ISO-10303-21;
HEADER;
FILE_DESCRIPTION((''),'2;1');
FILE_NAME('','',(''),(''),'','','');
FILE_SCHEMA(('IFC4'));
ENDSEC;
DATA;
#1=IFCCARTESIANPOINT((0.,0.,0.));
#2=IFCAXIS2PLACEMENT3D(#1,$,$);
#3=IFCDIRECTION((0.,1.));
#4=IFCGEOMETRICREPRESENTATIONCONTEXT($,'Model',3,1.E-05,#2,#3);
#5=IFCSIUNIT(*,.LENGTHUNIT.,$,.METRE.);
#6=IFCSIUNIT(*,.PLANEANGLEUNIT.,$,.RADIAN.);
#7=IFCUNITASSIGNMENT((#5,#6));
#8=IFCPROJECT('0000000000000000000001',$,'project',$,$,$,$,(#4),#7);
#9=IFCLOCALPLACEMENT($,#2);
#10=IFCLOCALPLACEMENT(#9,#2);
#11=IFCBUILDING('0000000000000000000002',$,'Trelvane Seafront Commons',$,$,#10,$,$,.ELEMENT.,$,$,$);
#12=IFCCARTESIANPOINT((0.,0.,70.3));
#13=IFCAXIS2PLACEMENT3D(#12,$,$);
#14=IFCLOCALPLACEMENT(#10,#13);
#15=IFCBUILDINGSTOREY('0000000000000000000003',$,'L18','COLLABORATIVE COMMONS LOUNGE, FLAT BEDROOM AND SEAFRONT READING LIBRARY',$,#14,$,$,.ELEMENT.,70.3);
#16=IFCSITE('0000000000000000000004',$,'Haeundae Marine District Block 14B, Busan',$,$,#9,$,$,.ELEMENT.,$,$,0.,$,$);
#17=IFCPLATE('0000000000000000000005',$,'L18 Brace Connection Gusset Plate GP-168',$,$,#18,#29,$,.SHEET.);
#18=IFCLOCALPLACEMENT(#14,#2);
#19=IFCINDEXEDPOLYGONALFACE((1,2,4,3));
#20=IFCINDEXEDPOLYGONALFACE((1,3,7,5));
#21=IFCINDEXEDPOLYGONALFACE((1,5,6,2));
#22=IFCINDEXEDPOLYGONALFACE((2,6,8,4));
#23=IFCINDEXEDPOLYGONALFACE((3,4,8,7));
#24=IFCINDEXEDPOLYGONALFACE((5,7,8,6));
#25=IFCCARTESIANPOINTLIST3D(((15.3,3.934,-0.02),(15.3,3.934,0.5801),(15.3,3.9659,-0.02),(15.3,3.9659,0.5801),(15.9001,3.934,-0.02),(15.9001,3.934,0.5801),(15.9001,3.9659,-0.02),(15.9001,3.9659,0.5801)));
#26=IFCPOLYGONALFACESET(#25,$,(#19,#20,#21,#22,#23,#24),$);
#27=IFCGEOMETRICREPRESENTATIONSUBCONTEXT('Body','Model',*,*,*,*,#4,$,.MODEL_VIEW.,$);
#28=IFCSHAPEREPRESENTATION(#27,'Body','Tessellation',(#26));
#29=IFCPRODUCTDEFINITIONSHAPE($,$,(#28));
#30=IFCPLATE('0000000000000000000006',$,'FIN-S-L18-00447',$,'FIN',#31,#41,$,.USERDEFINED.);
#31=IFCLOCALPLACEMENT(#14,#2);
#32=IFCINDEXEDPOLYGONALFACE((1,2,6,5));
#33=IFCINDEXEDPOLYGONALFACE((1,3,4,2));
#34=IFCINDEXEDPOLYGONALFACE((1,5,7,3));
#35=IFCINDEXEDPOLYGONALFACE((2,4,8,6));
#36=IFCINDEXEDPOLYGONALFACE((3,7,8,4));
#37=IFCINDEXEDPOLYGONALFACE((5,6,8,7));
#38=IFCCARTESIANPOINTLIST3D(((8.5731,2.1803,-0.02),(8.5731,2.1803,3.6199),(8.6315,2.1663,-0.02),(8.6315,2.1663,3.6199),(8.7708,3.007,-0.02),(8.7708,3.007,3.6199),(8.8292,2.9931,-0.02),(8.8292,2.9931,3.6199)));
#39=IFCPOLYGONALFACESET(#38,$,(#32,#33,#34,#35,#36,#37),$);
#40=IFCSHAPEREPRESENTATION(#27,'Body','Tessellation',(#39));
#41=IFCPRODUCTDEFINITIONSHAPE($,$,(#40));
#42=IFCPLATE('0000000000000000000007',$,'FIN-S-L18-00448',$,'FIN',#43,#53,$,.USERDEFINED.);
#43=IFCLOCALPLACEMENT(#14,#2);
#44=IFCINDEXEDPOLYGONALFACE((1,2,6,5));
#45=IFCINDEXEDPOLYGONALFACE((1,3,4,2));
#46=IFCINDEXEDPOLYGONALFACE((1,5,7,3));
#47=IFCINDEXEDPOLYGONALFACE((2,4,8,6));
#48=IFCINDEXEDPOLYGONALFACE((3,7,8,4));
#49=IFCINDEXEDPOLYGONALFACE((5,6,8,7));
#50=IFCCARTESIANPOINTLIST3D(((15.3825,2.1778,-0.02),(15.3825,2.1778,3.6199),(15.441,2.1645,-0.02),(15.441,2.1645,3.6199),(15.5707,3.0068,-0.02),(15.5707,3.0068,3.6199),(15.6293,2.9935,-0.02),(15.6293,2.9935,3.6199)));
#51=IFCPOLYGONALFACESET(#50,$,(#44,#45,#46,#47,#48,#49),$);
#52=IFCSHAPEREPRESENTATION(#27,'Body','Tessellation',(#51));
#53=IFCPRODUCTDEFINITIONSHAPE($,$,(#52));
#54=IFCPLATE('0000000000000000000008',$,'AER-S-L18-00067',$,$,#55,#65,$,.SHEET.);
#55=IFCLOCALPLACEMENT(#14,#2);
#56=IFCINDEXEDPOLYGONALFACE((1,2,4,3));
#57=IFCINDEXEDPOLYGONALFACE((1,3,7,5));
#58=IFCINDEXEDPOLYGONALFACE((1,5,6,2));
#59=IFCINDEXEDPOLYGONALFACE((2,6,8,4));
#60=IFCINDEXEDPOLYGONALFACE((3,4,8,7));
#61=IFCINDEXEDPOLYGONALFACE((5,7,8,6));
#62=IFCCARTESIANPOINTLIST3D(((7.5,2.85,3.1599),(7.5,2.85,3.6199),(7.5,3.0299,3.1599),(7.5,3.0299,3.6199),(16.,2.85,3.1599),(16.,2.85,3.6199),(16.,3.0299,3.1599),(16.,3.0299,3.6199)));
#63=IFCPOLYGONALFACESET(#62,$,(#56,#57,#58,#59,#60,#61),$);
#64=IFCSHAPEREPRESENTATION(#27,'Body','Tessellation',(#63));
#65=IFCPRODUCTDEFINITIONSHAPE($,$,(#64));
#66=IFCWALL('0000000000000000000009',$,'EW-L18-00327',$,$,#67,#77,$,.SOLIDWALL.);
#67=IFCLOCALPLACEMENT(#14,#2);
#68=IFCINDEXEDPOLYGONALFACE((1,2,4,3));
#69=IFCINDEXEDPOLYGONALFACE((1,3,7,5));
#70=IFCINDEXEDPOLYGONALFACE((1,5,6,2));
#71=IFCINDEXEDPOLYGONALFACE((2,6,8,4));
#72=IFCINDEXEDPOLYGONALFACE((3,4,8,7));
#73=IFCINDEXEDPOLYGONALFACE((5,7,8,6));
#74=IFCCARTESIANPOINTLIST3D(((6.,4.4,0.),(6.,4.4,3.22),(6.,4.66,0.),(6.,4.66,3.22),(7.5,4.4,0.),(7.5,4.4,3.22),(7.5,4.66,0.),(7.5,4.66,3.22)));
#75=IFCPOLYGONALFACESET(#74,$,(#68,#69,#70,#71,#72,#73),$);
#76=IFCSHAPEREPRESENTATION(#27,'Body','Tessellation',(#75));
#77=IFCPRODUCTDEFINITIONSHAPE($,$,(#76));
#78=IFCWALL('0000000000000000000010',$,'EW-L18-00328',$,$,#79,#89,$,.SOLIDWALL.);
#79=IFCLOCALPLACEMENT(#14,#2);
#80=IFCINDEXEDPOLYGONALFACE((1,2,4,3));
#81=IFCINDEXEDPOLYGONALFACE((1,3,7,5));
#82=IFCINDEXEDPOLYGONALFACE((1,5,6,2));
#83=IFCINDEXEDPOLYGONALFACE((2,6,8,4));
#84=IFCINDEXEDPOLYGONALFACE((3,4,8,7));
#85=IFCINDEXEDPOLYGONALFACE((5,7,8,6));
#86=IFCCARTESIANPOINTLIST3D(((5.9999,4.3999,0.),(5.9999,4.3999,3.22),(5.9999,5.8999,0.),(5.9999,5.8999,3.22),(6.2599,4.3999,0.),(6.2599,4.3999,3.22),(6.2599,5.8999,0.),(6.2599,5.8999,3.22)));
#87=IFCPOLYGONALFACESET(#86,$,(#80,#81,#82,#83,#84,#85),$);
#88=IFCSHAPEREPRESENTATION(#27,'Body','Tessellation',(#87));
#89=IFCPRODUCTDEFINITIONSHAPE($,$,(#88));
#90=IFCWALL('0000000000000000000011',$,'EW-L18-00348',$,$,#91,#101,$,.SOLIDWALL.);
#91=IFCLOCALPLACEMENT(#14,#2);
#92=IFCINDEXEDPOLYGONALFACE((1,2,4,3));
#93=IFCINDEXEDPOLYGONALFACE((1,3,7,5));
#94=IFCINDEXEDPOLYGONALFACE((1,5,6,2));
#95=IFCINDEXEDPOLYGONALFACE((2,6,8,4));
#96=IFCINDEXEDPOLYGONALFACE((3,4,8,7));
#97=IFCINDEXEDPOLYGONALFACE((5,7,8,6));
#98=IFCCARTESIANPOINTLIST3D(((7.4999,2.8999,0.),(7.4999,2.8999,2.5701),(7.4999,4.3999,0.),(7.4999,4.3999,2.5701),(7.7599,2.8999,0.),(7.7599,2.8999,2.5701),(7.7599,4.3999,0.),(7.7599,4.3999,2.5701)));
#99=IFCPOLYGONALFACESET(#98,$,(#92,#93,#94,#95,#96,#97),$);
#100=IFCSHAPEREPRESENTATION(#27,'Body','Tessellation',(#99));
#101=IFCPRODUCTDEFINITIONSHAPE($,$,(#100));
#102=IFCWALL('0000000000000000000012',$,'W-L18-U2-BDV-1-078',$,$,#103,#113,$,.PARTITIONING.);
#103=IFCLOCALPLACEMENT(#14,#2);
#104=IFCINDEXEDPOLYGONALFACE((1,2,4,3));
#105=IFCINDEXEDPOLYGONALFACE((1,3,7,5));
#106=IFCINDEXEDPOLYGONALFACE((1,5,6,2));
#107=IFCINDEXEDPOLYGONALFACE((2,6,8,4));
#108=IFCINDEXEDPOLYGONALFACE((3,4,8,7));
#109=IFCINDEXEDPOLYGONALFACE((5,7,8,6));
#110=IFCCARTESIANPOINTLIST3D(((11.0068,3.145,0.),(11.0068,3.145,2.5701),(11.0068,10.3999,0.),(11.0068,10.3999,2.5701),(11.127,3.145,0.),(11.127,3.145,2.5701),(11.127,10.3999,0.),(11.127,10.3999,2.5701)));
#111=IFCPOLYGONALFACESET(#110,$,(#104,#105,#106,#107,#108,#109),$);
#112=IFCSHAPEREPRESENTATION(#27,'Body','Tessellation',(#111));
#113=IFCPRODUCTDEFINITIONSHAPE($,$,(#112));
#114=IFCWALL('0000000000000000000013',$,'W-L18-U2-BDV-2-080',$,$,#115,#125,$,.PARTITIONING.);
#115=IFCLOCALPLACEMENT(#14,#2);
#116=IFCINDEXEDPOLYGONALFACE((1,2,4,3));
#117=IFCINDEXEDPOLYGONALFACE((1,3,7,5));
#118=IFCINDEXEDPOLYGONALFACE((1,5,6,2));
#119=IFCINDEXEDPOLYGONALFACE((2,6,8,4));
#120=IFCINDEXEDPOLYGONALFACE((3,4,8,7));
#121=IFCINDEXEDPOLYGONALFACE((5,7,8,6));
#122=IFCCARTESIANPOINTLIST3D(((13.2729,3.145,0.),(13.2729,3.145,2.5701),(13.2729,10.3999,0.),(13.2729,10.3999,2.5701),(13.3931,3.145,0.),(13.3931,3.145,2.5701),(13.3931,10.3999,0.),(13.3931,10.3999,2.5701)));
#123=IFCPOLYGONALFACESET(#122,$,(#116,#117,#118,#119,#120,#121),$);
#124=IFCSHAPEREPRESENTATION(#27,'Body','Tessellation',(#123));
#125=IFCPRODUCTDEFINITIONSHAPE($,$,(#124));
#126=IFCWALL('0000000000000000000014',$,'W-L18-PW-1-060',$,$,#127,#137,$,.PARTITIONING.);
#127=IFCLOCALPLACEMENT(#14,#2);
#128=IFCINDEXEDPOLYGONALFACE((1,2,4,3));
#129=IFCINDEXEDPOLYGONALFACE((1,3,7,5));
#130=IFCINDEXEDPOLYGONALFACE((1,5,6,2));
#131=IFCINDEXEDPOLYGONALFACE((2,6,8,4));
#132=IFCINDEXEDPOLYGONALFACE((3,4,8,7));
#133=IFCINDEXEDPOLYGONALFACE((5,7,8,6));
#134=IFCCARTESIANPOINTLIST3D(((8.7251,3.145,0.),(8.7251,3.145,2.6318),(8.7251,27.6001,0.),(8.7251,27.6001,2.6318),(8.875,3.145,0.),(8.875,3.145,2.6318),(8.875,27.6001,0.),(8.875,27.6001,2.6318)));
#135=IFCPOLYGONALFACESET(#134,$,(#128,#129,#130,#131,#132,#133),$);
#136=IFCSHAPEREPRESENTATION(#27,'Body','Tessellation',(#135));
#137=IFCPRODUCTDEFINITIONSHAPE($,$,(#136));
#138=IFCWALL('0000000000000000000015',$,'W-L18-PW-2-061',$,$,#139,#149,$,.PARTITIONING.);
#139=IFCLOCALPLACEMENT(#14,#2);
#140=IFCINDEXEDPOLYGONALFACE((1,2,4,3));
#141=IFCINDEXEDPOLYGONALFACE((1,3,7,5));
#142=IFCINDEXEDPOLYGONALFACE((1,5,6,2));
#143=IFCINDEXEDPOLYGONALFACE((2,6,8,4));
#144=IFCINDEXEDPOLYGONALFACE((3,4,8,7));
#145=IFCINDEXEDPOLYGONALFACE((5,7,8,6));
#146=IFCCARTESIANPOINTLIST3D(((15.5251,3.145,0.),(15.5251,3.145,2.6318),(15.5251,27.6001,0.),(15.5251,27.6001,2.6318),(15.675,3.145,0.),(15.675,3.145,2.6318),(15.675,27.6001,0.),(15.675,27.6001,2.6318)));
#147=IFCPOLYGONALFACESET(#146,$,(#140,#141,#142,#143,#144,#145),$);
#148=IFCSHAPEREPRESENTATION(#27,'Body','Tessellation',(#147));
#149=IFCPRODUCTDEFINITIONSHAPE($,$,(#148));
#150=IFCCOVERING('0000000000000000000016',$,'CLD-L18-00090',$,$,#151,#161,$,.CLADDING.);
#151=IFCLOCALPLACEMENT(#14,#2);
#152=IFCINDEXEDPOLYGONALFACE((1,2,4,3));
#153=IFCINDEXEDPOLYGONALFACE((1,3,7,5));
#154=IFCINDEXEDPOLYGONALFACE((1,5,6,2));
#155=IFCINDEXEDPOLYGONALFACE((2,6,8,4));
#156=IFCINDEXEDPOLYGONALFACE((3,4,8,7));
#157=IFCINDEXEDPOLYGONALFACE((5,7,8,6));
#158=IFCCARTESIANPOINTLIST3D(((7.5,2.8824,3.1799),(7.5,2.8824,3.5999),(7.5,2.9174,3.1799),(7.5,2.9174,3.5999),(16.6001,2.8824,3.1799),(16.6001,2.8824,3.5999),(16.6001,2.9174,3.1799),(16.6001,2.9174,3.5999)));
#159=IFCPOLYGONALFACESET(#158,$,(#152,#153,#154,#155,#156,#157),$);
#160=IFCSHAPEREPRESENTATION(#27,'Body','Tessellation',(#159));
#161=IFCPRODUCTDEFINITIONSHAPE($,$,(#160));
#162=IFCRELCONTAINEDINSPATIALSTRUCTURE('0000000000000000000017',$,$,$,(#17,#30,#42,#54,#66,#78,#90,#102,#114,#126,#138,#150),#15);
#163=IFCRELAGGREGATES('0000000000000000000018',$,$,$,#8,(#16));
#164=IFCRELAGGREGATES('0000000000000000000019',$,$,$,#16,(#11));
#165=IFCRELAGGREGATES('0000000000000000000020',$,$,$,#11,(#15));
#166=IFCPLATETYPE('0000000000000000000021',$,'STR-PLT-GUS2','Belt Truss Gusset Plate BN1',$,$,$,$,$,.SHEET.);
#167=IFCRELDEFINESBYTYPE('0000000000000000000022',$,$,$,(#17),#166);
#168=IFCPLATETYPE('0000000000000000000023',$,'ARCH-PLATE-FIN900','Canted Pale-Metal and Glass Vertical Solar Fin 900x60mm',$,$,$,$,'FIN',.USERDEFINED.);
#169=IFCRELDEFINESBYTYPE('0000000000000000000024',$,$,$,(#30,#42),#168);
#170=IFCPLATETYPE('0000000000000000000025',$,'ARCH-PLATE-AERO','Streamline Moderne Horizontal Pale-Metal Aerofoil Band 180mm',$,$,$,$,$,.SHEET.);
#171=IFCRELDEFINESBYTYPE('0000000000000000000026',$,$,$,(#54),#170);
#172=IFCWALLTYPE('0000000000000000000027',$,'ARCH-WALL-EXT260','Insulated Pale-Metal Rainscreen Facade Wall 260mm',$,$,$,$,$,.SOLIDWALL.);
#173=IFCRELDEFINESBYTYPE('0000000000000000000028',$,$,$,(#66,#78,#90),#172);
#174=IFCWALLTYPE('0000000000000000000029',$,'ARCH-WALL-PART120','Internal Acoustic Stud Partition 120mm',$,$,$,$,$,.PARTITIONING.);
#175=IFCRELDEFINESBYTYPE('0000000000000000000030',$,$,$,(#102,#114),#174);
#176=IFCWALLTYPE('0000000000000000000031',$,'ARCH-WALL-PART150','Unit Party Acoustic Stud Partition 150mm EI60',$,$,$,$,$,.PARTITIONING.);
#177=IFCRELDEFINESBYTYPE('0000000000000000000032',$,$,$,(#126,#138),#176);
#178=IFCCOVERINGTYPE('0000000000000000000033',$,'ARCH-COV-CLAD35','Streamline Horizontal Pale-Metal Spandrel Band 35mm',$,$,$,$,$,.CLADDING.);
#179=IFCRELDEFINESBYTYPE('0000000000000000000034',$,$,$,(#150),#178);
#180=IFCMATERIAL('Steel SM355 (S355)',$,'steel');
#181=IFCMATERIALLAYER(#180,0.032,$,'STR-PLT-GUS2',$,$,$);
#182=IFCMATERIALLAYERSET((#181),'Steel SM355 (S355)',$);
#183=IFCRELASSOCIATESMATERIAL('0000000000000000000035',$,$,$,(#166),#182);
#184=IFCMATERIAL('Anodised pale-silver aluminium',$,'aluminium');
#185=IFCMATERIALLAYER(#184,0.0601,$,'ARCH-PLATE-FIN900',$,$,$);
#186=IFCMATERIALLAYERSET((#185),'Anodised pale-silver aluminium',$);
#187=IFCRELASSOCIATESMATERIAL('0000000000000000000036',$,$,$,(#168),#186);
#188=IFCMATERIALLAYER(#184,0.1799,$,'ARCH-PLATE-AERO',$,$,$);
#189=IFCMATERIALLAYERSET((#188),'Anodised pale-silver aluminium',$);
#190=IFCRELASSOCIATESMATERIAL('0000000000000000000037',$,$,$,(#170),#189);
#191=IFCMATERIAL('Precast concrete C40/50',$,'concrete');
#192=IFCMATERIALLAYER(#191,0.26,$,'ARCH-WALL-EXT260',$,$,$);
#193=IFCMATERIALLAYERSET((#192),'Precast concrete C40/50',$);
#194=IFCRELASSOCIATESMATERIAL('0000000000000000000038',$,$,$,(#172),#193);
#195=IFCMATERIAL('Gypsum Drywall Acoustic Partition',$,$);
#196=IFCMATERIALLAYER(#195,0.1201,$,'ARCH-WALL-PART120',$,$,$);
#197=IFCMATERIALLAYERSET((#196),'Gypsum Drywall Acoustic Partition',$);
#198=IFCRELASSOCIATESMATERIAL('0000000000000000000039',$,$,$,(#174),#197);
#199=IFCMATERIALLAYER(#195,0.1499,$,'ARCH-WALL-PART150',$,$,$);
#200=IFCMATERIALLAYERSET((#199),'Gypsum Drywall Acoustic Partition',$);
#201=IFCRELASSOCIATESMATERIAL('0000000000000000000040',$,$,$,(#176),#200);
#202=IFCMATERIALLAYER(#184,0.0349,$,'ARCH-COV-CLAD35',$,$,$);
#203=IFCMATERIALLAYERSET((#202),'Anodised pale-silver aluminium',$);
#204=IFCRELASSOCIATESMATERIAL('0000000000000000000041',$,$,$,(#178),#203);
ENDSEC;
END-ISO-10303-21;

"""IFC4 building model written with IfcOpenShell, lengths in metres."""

from ifc_helpers import new_model, si_unit, direction, frame, frame_2d, origin, origin_2d, place, context, subcontext, project, spatial, rectangle, extrude, source, transform, mapped, material, layer, layer_set, type_object, element, save


model = new_model("IFC4")

# Units and contexts
model_context = context("Model", 3, precision=1e-05, world=origin(), true_north=direction((0.0, 1.0)))
body_context = subcontext(model_context, "Body", "Model", "MODEL_VIEW")
ifc_project = project(units=[si_unit("LENGTHUNIT", "METRE"), si_unit("PLANEANGLEUNIT", "RADIAN")], contexts=[model_context])

# Site, building, storey
site_placement = place(None, origin())
site = spatial("IfcSite", under=ifc_project, at=site_placement, Name="Haeundae Marine District Block 14B, Busan", CompositionType="ELEMENT", RefElevation=0.0)
building_placement = place(site_placement, origin())
building = spatial("IfcBuilding", under=site, at=building_placement, Name="Trelvane Seafront Commons", CompositionType="ELEMENT")
storey_placement = place(building_placement, frame((0.0, 0.0, 70.3)))
storey = spatial("IfcBuildingStorey", under=building, at=storey_placement, Name="L18", Description="COLLABORATIVE COMMONS LOUNGE, FLAT BEDROOM AND SEAFRONT READING LIBRARY", CompositionType="ELEMENT", Elevation=70.3)

# Shared definitions
ifc_material_1 = material(Name="Steel SM355 (S355)", Category="steel")

# Plates
ifc_layer_1 = layer(ifc_material_1, 0.032, Name="STR-PLT-GUS2")
ifc_layer_set_1 = layer_set([ifc_layer_1], Name="Steel SM355 (S355)")
plate_type_1 = type_object("IfcPlateType", Name="STR-PLT-GUS2", Description="Belt Truss Gusset Plate BN1", PredefinedType="SHEET", material=ifc_layer_set_1)
shared_shape_1 = source(origin(), body_context, "Body", "SweptSolid", [
    extrude(rectangle(XDim=0.6001, YDim=0.032, at=origin_2d()), origin(), (0.0, 0.0, 1.0), 0.6001),
])
plate_1_placement = place(storey_placement, frame((15.6001, 3.95, -0.02), z_axis=(0.0, 0.0, 1.0), x_axis=(1.0, 0.0, 0.0)))
element("IfcPlate", 1, at=plate_1_placement, inside=storey, type_object=plate_type_1, Name="L18 Brace Connection Gusset Plate GP-168", PredefinedType="SHEET", context=body_context, shape_type="MappedRepresentation", body=[
    mapped(shared_shape_1, transform((0.0, 0.0, 0.0), x_axis=(1.0, 0.0, 0.0), y_axis=(0.0, 1.0, 0.0), z_axis=(0.0, 0.0, 1.0), scale=1.0)),
])
ifc_material_2 = material(Name="Anodised pale-silver aluminium", Category="aluminium")
ifc_layer_2 = layer(ifc_material_2, 0.0601, Name="ARCH-PLATE-FIN900")
ifc_layer_set_2 = layer_set([ifc_layer_2], Name="Anodised pale-silver aluminium")
plate_type_2 = type_object("IfcPlateType", Name="ARCH-PLATE-FIN900", Description="Canted Pale-Metal and Glass Vertical Solar Fin 900x60mm", ElementType="FIN", PredefinedType="USERDEFINED", material=ifc_layer_set_2)
shared_shape_2 = source(origin(), body_context, "Body", "SweptSolid", [
    extrude(rectangle(XDim=0.8501, YDim=0.0601, at=origin_2d()), origin(), (0.0, 0.0, 1.0), 3.6399),
])
for number, where, z_axis, x_axis, name in (
    (2, (8.7012, 2.5867, -0.02), (0.0, 0.0, 1.0), (-0.232585, -0.972576, 0.0), "FIN-S-L18-00447"),
    (3, (15.5059, 2.5857, -0.02), (0.0, 0.0, 1.0), (-0.221412, -0.97518, 0.0), "FIN-S-L18-00448"),
):
    element("IfcPlate", number, at=place(storey_placement, frame(where, z_axis=z_axis, x_axis=x_axis)), inside=storey, type_object=plate_type_2, Name=name, ObjectType="FIN", PredefinedType="USERDEFINED", context=body_context, shape_type="MappedRepresentation", body=[
        mapped(shared_shape_2, transform((0.0, 0.0, 0.0), x_axis=(1.0, 0.0, 0.0), y_axis=(0.0, 1.0, 0.0), z_axis=(0.0, 0.0, 1.0), scale=1.0)),
    ])
ifc_layer_3 = layer(ifc_material_2, 0.1799, Name="ARCH-PLATE-AERO")
ifc_layer_set_3 = layer_set([ifc_layer_3], Name="Anodised pale-silver aluminium")
plate_type_3 = type_object("IfcPlateType", Name="ARCH-PLATE-AERO", Description="Streamline Moderne Horizontal Pale-Metal Aerofoil Band 180mm", PredefinedType="SHEET", material=ifc_layer_set_3)
shared_shape_3 = source(origin(), body_context, "Body", "SweptSolid", [
    extrude(rectangle(XDim=8.5, YDim=0.1799, at=origin_2d()), origin(), (0.0, 0.0, 1.0), 0.46),
])
plate_2_placement = place(storey_placement, frame((11.75, 2.9399, 3.1599), z_axis=(0.0, 0.0, 1.0), x_axis=(-1.0, 0.0, 0.0)))
element("IfcPlate", 4, at=plate_2_placement, inside=storey, type_object=plate_type_3, Name="AER-S-L18-00067", PredefinedType="SHEET", context=body_context, shape_type="MappedRepresentation", body=[
    mapped(shared_shape_3, transform((0.0, 0.0, 0.0), x_axis=(1.0, 0.0, 0.0), y_axis=(0.0, 1.0, 0.0), z_axis=(0.0, 0.0, 1.0), scale=1.0)),
])

# Walls
ifc_material_3 = material(Name="Precast concrete C40/50", Category="concrete")
ifc_layer_4 = layer(ifc_material_3, 0.26, Name="ARCH-WALL-EXT260")
ifc_layer_set_4 = layer_set([ifc_layer_4], Name="Precast concrete C40/50")
wall_type_1 = type_object("IfcWallType", Name="ARCH-WALL-EXT260", Description="Insulated Pale-Metal Rainscreen Facade Wall 260mm", PredefinedType="SOLIDWALL", material=ifc_layer_set_4)
for number, where, z_axis, x_axis, name in (
    (5, (7.5, 4.53, 0.0), (0.0, 0.0, 1.0), (-1.0, 0.0, 0.0), "EW-L18-00327"),
    (6, (6.1299, 4.3999, 0.0), (0.0, 0.0, 1.0), (0.0, 1.0, 0.0), "EW-L18-00328"),
):
    element("IfcWall", number, at=place(storey_placement, frame(where, z_axis=z_axis, x_axis=x_axis)), inside=storey, type_object=wall_type_1, Name=name, PredefinedType="SOLIDWALL", context=body_context, shape_type="SweptSolid", body=[
        extrude(rectangle(XDim=1.5, YDim=0.26, at=frame_2d((0.75, 0.0))), origin(), (0.0, 0.0, 1.0), 3.22),
    ])
wall_placement = place(storey_placement, frame((7.6299, 2.8999, 0.0), z_axis=(0.0, 0.0, 1.0), x_axis=(0.0, 1.0, 0.0)))
element("IfcWall", 7, at=wall_placement, inside=storey, type_object=wall_type_1, Name="EW-L18-00348", PredefinedType="SOLIDWALL", context=body_context, shape_type="SweptSolid", body=[
    extrude(rectangle(XDim=1.5, YDim=0.26, at=frame_2d((0.75, 0.0))), origin(), (0.0, 0.0, 1.0), 2.5701),
])
ifc_material_4 = material(Name="Gypsum Drywall Acoustic Partition")
ifc_layer_5 = layer(ifc_material_4, 0.1201, Name="ARCH-WALL-PART120")
ifc_layer_set_5 = layer_set([ifc_layer_5], Name="Gypsum Drywall Acoustic Partition")
wall_type_2 = type_object("IfcWallType", Name="ARCH-WALL-PART120", Description="Internal Acoustic Stud Partition 120mm", PredefinedType="PARTITIONING", material=ifc_layer_set_5)
for number, where, z_axis, x_axis, name in (
    (8, (11.0669, 3.145, 0.0), (0.0, 0.0, 1.0), (0.0, 1.0, 0.0), "W-L18-U2-BDV-1-078"),
    (9, (13.333, 3.145, 0.0), (0.0, 0.0, 1.0), (0.0, 1.0, 0.0), "W-L18-U2-BDV-2-080"),
):
    element("IfcWall", number, at=place(storey_placement, frame(where, z_axis=z_axis, x_axis=x_axis)), inside=storey, type_object=wall_type_2, Name=name, PredefinedType="PARTITIONING", context=body_context, shape_type="SweptSolid", body=[
        extrude(rectangle(XDim=7.2549, YDim=0.1201, at=frame_2d((3.6274, 0.0))), origin(), (0.0, 0.0, 1.0), 2.5701),
    ])
ifc_layer_6 = layer(ifc_material_4, 0.1499, Name="ARCH-WALL-PART150")
ifc_layer_set_6 = layer_set([ifc_layer_6], Name="Gypsum Drywall Acoustic Partition")
wall_type_3 = type_object("IfcWallType", Name="ARCH-WALL-PART150", Description="Unit Party Acoustic Stud Partition 150mm EI60", PredefinedType="PARTITIONING", material=ifc_layer_set_6)
for number, where, z_axis, x_axis, name in (
    (10, (8.8, 3.145, 0.0), (0.0, 0.0, 1.0), (0.0, 1.0, 0.0), "W-L18-PW-1-060"),
    (11, (15.6001, 3.145, 0.0), (0.0, 0.0, 1.0), (0.0, 1.0, 0.0), "W-L18-PW-2-061"),
):
    element("IfcWall", number, at=place(storey_placement, frame(where, z_axis=z_axis, x_axis=x_axis)), inside=storey, type_object=wall_type_3, Name=name, PredefinedType="PARTITIONING", context=body_context, shape_type="SweptSolid", body=[
        extrude(rectangle(XDim=24.4551, YDim=0.1499, at=frame_2d((12.2275, 0.0))), origin(), (0.0, 0.0, 1.0), 2.6318),
    ])

# Covering
ifc_layer_7 = layer(ifc_material_2, 0.0349, Name="ARCH-COV-CLAD35")
ifc_layer_set_7 = layer_set([ifc_layer_7], Name="Anodised pale-silver aluminium")
covering_type = type_object("IfcCoveringType", Name="ARCH-COV-CLAD35", Description="Streamline Horizontal Pale-Metal Spandrel Band 35mm", PredefinedType="CLADDING", material=ifc_layer_set_7)
shared_shape_4 = source(origin(), body_context, "Body", "SweptSolid", [
    extrude(rectangle(XDim=9.1001, YDim=0.0349, at=origin_2d()), origin(), (0.0, 0.0, 1.0), 0.4199),
])
covering_placement = place(storey_placement, frame((12.05, 2.8999, 3.1799), z_axis=(0.0, 0.0, 1.0), x_axis=(-1.0, 0.0, 0.0)))
element("IfcCovering", 12, at=covering_placement, inside=storey, type_object=covering_type, Name="CLD-L18-00090", PredefinedType="CLADDING", context=body_context, shape_type="MappedRepresentation", body=[
    mapped(shared_shape_4, transform((0.0, 0.0, 0.0), x_axis=(1.0, 0.0, 0.0), y_axis=(0.0, 1.0, 0.0), z_axis=(0.0, 0.0, 1.0), scale=1.0)),
])

save(model, "model.ifc")
